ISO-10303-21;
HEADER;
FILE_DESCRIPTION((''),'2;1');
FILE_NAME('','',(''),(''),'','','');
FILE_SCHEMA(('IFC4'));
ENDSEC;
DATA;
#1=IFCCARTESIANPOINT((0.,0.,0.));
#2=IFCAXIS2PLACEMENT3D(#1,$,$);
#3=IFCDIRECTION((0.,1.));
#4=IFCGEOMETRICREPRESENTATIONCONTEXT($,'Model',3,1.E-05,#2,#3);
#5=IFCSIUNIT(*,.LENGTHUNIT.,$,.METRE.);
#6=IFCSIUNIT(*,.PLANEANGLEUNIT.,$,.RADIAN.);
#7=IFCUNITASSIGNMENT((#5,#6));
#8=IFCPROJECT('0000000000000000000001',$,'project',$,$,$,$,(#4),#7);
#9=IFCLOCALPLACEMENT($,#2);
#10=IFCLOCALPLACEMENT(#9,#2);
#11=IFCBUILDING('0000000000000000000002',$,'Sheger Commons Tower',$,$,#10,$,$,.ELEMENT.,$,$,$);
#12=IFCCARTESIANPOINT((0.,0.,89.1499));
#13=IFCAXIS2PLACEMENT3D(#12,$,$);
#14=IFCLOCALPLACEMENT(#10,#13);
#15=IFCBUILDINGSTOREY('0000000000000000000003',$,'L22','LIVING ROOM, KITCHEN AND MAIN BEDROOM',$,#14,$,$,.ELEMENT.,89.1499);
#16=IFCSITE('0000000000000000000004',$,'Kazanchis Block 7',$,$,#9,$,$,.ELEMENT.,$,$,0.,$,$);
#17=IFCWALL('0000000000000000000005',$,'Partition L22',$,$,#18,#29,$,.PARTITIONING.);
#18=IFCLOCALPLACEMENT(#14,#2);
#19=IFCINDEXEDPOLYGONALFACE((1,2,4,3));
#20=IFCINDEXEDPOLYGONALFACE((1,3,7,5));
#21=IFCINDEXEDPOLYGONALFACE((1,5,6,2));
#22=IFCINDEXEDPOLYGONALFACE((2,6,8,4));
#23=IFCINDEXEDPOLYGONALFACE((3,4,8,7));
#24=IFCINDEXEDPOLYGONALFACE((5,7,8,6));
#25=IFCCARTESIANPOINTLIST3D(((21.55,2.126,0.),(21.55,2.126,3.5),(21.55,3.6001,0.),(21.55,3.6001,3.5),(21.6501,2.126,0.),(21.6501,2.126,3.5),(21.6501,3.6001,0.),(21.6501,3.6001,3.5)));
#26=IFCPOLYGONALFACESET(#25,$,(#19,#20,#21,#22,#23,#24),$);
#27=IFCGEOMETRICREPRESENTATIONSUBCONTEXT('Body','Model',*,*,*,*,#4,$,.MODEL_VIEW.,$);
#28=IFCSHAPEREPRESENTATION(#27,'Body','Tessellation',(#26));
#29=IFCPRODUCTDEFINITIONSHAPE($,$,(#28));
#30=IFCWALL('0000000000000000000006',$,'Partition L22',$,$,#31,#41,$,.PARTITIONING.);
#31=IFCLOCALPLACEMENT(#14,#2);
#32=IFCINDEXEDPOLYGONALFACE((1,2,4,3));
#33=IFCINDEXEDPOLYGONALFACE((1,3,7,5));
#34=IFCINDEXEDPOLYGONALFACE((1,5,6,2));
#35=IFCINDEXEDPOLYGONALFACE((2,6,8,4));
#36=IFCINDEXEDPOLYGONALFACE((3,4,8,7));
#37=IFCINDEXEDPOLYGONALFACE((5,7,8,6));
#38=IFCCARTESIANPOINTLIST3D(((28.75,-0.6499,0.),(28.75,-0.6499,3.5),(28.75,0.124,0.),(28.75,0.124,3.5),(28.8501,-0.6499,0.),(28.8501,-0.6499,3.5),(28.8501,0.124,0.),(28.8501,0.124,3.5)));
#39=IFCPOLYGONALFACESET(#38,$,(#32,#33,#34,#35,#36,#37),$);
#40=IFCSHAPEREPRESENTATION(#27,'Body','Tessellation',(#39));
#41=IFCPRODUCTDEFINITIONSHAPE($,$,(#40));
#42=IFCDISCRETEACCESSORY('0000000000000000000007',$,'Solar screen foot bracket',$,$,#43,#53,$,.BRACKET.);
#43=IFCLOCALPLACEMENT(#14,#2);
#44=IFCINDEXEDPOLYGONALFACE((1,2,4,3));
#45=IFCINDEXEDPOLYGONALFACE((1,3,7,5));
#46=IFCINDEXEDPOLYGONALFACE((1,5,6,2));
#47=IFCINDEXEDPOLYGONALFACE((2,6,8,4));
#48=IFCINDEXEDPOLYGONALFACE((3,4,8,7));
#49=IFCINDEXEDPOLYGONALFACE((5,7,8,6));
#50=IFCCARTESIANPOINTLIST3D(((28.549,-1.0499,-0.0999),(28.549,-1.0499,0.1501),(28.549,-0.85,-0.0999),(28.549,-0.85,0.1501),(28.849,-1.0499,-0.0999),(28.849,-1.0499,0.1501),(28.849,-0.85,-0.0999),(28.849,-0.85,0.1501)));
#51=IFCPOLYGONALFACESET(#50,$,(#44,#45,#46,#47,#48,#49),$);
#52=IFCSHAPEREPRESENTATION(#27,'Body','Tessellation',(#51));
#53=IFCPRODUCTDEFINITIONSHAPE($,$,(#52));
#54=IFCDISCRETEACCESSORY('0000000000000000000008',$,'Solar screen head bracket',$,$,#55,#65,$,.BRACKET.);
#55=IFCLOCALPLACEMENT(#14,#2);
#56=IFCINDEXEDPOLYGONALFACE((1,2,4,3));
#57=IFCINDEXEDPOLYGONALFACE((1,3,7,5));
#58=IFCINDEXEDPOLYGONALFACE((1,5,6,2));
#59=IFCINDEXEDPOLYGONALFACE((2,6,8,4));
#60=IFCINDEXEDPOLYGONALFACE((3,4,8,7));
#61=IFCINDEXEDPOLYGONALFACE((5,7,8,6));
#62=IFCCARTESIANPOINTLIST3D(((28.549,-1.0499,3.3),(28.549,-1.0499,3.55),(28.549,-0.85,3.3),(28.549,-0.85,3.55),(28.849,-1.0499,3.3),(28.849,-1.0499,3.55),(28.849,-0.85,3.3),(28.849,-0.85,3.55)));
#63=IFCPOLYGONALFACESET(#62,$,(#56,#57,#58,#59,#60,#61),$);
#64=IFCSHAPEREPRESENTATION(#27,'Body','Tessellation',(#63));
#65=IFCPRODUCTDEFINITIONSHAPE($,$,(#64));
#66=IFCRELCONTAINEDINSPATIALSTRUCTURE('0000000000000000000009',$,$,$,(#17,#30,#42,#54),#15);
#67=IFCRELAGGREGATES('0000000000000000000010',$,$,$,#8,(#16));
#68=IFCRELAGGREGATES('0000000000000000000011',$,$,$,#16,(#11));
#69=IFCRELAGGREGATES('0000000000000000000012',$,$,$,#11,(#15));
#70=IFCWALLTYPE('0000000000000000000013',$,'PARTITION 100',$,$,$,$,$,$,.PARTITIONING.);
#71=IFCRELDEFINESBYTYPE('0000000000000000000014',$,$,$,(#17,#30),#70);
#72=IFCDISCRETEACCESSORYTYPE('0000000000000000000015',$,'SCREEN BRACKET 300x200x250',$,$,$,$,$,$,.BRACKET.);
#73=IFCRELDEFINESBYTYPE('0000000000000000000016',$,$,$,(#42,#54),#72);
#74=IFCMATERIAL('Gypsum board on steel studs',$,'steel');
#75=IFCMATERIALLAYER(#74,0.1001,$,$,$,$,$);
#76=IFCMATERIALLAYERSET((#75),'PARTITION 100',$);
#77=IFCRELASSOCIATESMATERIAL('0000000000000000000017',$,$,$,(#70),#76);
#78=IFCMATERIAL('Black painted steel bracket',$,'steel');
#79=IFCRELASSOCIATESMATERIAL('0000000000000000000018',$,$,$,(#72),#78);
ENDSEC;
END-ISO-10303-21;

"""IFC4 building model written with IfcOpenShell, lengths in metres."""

from ifc_helpers import new_model, si_unit, direction, frame, frame_2d, origin, origin_2d, place, context, subcontext, project, spatial, rectangle, extrude, material, layer, layer_set, type_object, element, save


model = new_model("IFC4")

# Units and contexts
model_context = context("Model", 3, precision=1e-05, world=origin(), true_north=direction((0.0, 1.0)))
body_context = subcontext(model_context, "Body", "Model", "MODEL_VIEW")
ifc_project = project(units=[si_unit("LENGTHUNIT", "METRE"), si_unit("PLANEANGLEUNIT", "RADIAN")], contexts=[model_context])

# Site, building, storey
site_placement = place(None, origin())
site = spatial("IfcSite", under=ifc_project, at=site_placement, Name="Kazanchis Block 7", CompositionType="ELEMENT", RefElevation=0.0)
building_placement = place(site_placement, origin())
building = spatial("IfcBuilding", under=site, at=building_placement, Name="Sheger Commons Tower", CompositionType="ELEMENT")
storey_placement = place(building_placement, frame((0.0, 0.0, 89.1499)))
storey = spatial("IfcBuildingStorey", under=building, at=storey_placement, Name="L22", Description="LIVING ROOM, KITCHEN AND MAIN BEDROOM", CompositionType="ELEMENT", Elevation=89.1499)

# Shared definitions
ifc_material_1 = material(Name="Gypsum board on steel studs", Category="steel")
ifc_layer_1 = layer(ifc_material_1, 0.1001)
ifc_layer_set_1 = layer_set([ifc_layer_1], Name="PARTITION 100")
wall_type_1 = type_object("IfcWallType", Name="PARTITION 100", PredefinedType="PARTITIONING", material=ifc_layer_set_1)

# Walls
wall_1_placement = place(storey_placement, frame((21.6001, 2.126, 0.0), z_axis=(0.0, 0.0, 1.0), x_axis=(0.0, 1.0, 0.0)))
element("IfcWall", 1, at=wall_1_placement, inside=storey, type_object=wall_type_1, Name="Partition L22", PredefinedType="PARTITIONING", context=body_context, shape_type="SweptSolid", body=[
    extrude(rectangle(XDim=1.4741, YDim=0.1001, at=frame_2d((0.7371, 0.0))), origin(), (0.0, 0.0, 1.0), 3.5),
])
wall_2_placement = place(storey_placement, frame((28.8, -0.6499, 0.0), z_axis=(0.0, 0.0, 1.0), x_axis=(0.0, 1.0, 0.0)))
element("IfcWall", 2, at=wall_2_placement, inside=storey, type_object=wall_type_1, Name="Partition L22", PredefinedType="PARTITIONING", context=body_context, shape_type="SweptSolid", body=[
    extrude(rectangle(XDim=0.7739, YDim=0.1001, at=frame_2d((0.387, 0.0))), origin(), (0.0, 0.0, 1.0), 3.5),
])

# Discrete accessories
ifc_material_2 = material(Name="Black painted steel bracket", Category="steel")
discrete_accessory_type = type_object("IfcDiscreteAccessoryType", Name="SCREEN BRACKET 300x200x250", PredefinedType="BRACKET", material=ifc_material_2)
for number, where, z_axis, x_axis, name in (
    (3, (28.699, -0.95, -0.0999), (0.0, 0.0, 1.0), (1.0, 0.0, 0.0), "Solar screen foot bracket"),
    (4, (28.699, -0.95, 3.3), (0.0, 0.0, 1.0), (1.0, 0.0, 0.0), "Solar screen head bracket"),
):
    element("IfcDiscreteAccessory", number, at=place(storey_placement, frame(where, z_axis=z_axis, x_axis=x_axis)), inside=storey, type_object=discrete_accessory_type, Name=name, PredefinedType="BRACKET", context=body_context, shape_type="SweptSolid", body=[
        extrude(rectangle(XDim=0.3, YDim=0.2, at=origin_2d()), origin(), (0.0, 0.0, 1.0), 0.25),
    ])

save(model, "model.ifc")
